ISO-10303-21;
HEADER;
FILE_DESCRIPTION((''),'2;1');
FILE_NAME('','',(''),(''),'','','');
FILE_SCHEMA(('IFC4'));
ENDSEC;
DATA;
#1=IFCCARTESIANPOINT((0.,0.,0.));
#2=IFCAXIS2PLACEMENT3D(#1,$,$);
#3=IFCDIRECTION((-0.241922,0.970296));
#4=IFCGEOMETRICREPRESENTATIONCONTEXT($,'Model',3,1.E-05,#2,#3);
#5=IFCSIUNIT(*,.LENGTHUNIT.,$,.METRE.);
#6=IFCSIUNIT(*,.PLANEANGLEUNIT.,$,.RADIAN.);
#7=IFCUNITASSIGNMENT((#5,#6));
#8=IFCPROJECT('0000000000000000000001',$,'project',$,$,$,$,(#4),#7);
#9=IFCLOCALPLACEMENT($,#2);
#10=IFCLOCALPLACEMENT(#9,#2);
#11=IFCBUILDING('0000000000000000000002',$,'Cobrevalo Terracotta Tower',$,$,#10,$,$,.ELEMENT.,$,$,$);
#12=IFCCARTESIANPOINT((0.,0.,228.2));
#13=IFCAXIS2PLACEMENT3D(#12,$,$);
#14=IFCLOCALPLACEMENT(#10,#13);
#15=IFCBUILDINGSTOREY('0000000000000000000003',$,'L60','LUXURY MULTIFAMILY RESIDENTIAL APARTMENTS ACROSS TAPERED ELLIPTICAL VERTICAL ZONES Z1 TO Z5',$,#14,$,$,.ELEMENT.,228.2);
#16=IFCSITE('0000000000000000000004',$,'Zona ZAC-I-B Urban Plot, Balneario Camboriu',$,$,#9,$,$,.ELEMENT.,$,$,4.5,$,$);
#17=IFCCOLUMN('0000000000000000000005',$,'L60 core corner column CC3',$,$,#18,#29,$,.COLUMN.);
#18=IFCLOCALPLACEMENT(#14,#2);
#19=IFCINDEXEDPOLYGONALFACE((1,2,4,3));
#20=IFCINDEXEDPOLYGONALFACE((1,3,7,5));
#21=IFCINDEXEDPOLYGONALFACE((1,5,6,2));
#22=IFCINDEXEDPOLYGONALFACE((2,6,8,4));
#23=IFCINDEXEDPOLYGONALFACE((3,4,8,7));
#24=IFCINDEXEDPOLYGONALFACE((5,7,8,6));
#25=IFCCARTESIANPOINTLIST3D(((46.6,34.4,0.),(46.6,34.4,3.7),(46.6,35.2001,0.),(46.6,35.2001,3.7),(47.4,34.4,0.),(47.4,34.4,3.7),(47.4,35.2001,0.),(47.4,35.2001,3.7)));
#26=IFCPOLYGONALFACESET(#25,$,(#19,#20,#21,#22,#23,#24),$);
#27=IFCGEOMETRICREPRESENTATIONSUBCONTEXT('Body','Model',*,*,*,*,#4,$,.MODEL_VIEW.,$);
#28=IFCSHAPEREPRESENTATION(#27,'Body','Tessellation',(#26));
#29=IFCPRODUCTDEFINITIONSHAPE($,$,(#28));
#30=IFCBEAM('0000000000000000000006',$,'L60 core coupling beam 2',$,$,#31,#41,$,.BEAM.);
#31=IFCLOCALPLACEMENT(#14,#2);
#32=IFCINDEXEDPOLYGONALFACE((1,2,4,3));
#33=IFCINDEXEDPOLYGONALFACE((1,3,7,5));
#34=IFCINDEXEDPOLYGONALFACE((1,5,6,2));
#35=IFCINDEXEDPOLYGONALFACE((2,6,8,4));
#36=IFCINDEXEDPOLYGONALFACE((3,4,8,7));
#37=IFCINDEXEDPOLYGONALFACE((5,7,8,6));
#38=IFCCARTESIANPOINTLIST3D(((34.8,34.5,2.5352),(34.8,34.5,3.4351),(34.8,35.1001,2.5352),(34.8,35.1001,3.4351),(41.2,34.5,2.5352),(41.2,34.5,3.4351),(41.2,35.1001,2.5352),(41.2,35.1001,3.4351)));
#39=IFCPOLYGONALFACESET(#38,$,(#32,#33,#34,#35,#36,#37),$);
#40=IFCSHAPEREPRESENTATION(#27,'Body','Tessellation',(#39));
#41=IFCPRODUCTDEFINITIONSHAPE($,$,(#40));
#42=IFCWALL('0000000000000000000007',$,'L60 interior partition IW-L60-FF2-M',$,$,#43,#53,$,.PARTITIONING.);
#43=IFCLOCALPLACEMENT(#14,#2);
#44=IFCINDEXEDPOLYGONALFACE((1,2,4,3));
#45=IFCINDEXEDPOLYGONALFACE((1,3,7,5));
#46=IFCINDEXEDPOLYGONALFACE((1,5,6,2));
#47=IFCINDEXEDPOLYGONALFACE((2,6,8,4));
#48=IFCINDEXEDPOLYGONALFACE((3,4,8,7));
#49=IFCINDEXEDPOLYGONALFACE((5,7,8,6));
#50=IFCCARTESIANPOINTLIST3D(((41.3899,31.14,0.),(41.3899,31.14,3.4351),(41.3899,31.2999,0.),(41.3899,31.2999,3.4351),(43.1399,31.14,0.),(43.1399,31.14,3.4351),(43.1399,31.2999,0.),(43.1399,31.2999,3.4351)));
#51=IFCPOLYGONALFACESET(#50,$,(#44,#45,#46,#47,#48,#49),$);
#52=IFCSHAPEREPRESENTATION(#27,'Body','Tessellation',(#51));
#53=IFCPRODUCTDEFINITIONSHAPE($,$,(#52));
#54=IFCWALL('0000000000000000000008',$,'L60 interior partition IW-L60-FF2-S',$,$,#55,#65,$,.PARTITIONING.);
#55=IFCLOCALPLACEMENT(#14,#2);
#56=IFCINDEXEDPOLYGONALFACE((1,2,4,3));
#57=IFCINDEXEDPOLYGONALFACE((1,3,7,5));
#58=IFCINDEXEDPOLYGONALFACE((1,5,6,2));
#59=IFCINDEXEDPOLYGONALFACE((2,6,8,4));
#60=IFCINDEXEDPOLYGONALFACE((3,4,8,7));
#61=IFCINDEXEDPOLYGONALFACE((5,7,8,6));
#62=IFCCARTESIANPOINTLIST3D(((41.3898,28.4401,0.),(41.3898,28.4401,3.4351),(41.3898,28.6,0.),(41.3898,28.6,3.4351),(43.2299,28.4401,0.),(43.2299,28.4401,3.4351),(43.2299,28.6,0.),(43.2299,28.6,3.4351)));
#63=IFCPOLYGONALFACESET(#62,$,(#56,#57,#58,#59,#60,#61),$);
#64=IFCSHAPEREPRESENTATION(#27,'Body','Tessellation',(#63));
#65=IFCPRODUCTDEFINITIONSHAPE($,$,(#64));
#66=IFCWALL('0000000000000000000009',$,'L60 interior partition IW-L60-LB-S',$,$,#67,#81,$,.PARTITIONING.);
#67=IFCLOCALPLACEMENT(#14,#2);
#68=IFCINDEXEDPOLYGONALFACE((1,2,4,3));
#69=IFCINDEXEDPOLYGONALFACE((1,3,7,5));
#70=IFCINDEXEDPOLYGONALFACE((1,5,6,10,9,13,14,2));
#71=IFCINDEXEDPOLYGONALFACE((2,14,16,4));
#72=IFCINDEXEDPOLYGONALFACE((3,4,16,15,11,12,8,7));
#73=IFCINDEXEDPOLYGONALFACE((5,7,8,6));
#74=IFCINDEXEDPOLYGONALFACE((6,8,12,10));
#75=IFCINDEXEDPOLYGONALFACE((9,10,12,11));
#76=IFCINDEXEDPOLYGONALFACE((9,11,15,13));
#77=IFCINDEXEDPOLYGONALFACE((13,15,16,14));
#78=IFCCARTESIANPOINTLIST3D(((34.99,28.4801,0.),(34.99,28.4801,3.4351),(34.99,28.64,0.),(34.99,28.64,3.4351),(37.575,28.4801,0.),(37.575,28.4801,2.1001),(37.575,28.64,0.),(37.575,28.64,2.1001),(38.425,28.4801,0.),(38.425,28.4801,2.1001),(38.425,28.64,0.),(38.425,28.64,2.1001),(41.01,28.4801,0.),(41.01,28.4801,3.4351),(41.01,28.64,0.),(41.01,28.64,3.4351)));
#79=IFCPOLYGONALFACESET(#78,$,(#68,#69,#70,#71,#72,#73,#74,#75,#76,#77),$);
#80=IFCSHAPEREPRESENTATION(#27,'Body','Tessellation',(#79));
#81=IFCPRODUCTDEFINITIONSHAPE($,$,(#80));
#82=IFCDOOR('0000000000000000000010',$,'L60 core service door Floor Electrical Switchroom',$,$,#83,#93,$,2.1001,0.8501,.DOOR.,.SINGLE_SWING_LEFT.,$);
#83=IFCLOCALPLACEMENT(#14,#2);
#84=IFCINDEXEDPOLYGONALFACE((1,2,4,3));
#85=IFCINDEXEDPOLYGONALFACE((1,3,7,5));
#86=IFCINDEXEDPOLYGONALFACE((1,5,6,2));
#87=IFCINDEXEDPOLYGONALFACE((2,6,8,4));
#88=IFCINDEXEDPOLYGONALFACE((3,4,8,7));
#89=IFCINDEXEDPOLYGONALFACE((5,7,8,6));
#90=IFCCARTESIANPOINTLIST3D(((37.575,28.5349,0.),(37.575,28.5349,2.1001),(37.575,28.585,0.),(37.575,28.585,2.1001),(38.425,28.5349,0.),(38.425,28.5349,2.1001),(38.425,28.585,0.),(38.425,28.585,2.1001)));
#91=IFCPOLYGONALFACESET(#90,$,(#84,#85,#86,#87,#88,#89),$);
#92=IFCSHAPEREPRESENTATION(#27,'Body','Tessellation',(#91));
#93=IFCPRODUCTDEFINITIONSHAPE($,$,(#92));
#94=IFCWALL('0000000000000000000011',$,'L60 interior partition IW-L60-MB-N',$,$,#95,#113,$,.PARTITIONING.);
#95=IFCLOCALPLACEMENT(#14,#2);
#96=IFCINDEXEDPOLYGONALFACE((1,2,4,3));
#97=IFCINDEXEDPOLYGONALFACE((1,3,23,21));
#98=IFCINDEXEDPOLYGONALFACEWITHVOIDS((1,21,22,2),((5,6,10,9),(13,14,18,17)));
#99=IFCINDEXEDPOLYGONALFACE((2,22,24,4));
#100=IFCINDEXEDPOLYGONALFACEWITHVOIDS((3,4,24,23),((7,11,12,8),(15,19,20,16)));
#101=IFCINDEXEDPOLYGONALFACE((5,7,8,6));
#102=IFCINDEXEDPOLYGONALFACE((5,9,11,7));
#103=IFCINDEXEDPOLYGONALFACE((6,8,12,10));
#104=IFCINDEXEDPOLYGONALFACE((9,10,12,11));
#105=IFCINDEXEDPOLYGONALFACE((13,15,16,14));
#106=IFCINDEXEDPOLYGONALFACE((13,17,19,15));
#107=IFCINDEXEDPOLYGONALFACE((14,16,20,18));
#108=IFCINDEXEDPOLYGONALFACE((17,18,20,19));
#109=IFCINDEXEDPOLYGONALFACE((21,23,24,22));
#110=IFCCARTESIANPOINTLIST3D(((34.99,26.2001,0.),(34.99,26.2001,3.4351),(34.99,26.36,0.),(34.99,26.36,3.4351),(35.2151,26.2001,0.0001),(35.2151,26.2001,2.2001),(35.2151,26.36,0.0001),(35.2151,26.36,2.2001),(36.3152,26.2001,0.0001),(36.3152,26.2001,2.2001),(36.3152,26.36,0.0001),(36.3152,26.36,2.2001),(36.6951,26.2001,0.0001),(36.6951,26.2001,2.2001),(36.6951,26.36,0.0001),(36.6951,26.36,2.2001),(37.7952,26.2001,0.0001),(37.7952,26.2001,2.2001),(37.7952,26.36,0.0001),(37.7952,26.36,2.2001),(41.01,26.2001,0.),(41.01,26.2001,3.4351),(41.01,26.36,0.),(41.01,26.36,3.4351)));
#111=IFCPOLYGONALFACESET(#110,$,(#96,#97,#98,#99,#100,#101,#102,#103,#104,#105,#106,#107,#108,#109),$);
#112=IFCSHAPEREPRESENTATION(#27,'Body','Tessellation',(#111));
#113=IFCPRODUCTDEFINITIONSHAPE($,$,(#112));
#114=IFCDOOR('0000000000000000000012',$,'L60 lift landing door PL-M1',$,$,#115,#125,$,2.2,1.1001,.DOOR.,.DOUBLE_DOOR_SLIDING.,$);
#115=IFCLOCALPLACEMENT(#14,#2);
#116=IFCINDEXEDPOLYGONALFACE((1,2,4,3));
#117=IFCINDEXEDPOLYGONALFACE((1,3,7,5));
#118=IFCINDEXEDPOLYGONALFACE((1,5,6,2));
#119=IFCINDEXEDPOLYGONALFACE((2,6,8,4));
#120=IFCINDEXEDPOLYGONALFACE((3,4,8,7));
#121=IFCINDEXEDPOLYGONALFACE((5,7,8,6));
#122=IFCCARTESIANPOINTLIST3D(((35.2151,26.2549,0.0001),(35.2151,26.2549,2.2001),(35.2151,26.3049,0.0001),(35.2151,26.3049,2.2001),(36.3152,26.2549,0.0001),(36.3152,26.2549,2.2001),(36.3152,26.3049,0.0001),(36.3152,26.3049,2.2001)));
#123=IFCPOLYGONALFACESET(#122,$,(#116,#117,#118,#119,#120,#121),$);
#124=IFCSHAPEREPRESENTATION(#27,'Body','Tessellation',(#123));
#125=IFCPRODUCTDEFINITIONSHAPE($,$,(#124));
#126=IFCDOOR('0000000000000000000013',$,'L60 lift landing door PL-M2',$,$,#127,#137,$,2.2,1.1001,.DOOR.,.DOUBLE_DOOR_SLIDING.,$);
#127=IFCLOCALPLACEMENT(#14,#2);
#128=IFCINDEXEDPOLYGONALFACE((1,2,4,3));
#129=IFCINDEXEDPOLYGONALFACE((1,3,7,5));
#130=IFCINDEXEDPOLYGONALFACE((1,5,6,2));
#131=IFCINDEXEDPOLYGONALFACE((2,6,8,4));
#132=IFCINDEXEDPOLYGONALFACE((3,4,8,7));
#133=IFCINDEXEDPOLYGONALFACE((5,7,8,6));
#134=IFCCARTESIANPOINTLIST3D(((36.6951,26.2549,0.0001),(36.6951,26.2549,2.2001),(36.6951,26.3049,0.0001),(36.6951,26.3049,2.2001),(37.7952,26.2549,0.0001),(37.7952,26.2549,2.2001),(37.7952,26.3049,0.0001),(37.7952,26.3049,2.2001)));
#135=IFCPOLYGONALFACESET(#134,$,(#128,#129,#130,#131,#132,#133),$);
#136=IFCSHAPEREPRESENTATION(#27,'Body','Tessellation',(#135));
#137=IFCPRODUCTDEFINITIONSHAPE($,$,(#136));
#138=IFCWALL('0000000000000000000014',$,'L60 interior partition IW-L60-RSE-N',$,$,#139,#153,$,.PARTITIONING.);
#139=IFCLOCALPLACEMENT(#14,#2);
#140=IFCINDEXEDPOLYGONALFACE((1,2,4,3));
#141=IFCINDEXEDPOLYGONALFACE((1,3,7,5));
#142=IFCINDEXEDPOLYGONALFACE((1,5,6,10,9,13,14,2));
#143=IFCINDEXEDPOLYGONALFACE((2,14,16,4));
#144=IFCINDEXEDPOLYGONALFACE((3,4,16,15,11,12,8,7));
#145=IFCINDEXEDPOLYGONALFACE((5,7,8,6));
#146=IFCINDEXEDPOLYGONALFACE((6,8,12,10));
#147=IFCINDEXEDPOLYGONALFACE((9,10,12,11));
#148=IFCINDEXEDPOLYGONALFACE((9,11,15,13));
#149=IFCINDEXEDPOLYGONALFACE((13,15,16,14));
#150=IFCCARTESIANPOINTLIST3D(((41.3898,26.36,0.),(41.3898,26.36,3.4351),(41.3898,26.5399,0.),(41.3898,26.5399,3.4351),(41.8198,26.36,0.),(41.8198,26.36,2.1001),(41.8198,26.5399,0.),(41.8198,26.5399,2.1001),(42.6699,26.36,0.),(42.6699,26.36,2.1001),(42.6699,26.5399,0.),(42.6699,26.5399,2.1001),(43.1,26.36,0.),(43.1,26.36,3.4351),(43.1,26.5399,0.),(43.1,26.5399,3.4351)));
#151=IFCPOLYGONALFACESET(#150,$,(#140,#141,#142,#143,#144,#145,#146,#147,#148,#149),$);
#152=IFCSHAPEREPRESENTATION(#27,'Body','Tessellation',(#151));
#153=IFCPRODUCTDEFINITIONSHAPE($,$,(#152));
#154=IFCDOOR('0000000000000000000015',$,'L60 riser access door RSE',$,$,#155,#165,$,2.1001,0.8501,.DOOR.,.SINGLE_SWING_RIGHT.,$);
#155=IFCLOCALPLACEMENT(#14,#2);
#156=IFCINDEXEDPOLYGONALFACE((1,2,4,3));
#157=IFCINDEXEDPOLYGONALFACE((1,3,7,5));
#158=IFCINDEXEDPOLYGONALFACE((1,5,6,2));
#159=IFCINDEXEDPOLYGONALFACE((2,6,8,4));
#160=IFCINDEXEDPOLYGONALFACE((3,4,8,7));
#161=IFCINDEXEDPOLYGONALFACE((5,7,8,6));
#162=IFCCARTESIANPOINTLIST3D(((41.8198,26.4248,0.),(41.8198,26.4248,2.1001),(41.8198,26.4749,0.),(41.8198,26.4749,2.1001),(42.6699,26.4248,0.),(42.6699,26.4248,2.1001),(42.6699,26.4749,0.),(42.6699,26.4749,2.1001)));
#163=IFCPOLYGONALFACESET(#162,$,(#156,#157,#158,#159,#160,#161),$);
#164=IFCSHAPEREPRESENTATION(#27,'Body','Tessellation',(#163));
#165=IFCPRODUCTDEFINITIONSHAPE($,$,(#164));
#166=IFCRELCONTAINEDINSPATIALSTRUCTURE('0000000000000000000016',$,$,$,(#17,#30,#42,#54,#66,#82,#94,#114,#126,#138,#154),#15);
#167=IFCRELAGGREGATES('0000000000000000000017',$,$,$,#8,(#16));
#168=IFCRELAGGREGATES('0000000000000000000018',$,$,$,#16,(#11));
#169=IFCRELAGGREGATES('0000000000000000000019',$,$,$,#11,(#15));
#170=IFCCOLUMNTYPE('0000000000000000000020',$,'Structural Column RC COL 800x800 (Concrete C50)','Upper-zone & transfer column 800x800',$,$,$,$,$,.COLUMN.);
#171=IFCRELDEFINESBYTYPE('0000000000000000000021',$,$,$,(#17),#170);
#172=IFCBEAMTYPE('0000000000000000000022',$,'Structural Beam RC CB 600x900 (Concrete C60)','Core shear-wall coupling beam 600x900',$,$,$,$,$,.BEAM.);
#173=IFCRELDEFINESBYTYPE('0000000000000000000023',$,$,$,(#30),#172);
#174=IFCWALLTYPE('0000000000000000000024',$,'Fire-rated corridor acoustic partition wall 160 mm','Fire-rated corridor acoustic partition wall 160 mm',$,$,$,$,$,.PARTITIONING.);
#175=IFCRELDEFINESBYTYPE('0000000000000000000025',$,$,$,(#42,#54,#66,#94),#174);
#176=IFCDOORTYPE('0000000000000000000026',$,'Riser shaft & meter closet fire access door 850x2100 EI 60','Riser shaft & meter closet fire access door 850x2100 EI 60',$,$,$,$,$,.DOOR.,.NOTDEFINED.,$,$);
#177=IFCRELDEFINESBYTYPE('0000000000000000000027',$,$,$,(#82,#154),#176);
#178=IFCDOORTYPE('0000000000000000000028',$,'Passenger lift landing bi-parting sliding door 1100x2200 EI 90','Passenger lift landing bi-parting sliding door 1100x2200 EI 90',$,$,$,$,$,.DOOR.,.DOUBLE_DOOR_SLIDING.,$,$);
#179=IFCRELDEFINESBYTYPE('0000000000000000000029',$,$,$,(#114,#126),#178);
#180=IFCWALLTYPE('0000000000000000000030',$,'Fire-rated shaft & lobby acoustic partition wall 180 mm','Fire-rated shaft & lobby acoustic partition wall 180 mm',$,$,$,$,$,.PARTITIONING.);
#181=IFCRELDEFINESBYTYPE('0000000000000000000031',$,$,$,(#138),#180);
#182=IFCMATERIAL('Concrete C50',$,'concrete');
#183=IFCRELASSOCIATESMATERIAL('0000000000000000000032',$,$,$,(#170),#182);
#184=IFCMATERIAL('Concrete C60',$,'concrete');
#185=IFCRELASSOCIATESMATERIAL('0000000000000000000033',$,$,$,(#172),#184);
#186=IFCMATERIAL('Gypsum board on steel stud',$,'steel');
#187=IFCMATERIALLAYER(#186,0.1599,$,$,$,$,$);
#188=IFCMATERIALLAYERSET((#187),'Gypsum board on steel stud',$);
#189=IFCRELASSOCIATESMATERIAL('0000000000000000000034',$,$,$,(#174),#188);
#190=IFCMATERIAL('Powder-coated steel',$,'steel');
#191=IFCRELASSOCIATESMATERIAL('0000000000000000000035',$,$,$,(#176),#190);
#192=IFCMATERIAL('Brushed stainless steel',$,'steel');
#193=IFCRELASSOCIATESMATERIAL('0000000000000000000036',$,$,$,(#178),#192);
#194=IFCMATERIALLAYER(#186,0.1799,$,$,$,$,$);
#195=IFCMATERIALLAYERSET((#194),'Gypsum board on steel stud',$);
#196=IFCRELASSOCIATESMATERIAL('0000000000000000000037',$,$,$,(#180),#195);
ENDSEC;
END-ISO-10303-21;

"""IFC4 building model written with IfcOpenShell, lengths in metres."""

from ifc_helpers import new_model, si_unit, direction, frame, frame_2d, origin, origin_2d, place, context, subcontext, project, spatial, rectangle, extrude, source, transform, mapped, material, layer, layer_set, material_profile, profile_set, type_object, element, fill, save


model = new_model("IFC4")

# Units and contexts
model_context = context("Model", 3, precision=1e-05, world=origin(), true_north=direction((-0.241922, 0.970296)))
body_context = subcontext(model_context, "Body", "Model", "MODEL_VIEW")
ifc_project = project(units=[si_unit("LENGTHUNIT", "METRE"), si_unit("PLANEANGLEUNIT", "RADIAN")], contexts=[model_context])

# Site, building, storey
site_placement = place(None, origin())
site = spatial("IfcSite", under=ifc_project, at=site_placement, Name="Zona ZAC-I-B Urban Plot, Balneario Camboriu", CompositionType="ELEMENT", RefElevation=4.5)
building_placement = place(site_placement, origin())
building = spatial("IfcBuilding", under=site, at=building_placement, Name="Cobrevalo Terracotta Tower", CompositionType="ELEMENT")
storey_placement = place(building_placement, frame((0.0, 0.0, 228.2)))
storey = spatial("IfcBuildingStorey", under=building, at=storey_placement, Name="L60", Description="LUXURY MULTIFAMILY RESIDENTIAL APARTMENTS ACROSS TAPERED ELLIPTICAL VERTICAL ZONES Z1 TO Z5", CompositionType="ELEMENT", Elevation=228.2)

# Column
ifc_material_1 = material(Name="Concrete C50", Category="concrete")
ifc_material_profile_1 = material_profile(ifc_material_1, rectangle(XDim=0.8, YDim=0.8, at=origin_2d()), Name="RC COL 800x800")
ifc_profile_set_1 = profile_set([ifc_material_profile_1], Name="Concrete C50")
column_type = type_object("IfcColumnType", Name="Structural Column RC COL 800x800 (Concrete C50)", Description="Upper-zone & transfer column 800x800", PredefinedType="COLUMN", material=ifc_profile_set_1)
column_placement = place(storey_placement, frame((47.0, 34.8, 0.0), z_axis=(0.0, 0.0, 1.0), x_axis=(1.0, 0.0, 0.0)))
element("IfcColumn", 1, at=column_placement, inside=storey, type_object=column_type, Name="L60 core corner column CC3", PredefinedType="COLUMN", context=body_context, shape_type="SweptSolid", body=[
    extrude(rectangle(XDim=0.8, YDim=0.8, at=origin_2d()), origin(), (0.0, 0.0, 1.0), 3.7),
])

# Beam
ifc_material_2 = material(Name="Concrete C60", Category="concrete")
ifc_material_profile_2 = material_profile(ifc_material_2, rectangle(XDim=0.6001, YDim=0.8999, at=origin_2d()), Name="RC CB 600x900")
ifc_profile_set_2 = profile_set([ifc_material_profile_2], Name="Concrete C60")
beam_type = type_object("IfcBeamType", Name="Structural Beam RC CB 600x900 (Concrete C60)", Description="Core shear-wall coupling beam 600x900", PredefinedType="BEAM", material=ifc_profile_set_2)
beam_placement = place(storey_placement, frame((34.8, 34.8, 2.9851), z_axis=(1.0, 0.0, 0.0), x_axis=(0.0, 1.0, 0.0)))
element("IfcBeam", 2, at=beam_placement, inside=storey, type_object=beam_type, Name="L60 core coupling beam 2", PredefinedType="BEAM", context=body_context, shape_type="SweptSolid", body=[
    extrude(rectangle(XDim=0.6001, YDim=0.8999, at=origin_2d()), origin(), (0.0, 0.0, 1.0), 6.3999),
])

# Walls
ifc_material_3 = material(Name="Gypsum board on steel stud", Category="steel")
ifc_layer_1 = layer(ifc_material_3, 0.1599)
ifc_layer_set_1 = layer_set([ifc_layer_1], Name="Gypsum board on steel stud")
wall_type_1 = type_object("IfcWallType", Name="Fire-rated corridor acoustic partition wall 160 mm", Description="Fire-rated corridor acoustic partition wall 160 mm", PredefinedType="PARTITIONING", material=ifc_layer_set_1)
wall_1_placement = place(storey_placement, frame((41.3899, 31.22, 0.0), z_axis=(0.0, 0.0, 1.0), x_axis=(1.0, 0.0, 0.0)))
element("IfcWall", 3, at=wall_1_placement, inside=storey, type_object=wall_type_1, Name="L60 interior partition IW-L60-FF2-M", PredefinedType="PARTITIONING", context=body_context, shape_type="SweptSolid", body=[
    extrude(rectangle(XDim=1.75, YDim=0.1599, at=frame_2d((0.875, 0.0))), origin(), (0.0, 0.0, 1.0), 3.4351),
])
wall_2_placement = place(storey_placement, frame((41.3899, 28.52, 0.0), z_axis=(0.0, 0.0, 1.0), x_axis=(1.0, 0.0, 0.0)))
element("IfcWall", 4, at=wall_2_placement, inside=storey, type_object=wall_type_1, Name="L60 interior partition IW-L60-FF2-S", PredefinedType="PARTITIONING", context=body_context, shape_type="SweptSolid", body=[
    extrude(rectangle(XDim=1.8401, YDim=0.1599, at=frame_2d((0.9199, 0.0))), origin(), (0.0, 0.0, 1.0), 3.4351),
])

# Wall, opening, door
wall_3_placement = place(storey_placement, frame((34.99, 28.5601, 0.0), z_axis=(0.0, 0.0, 1.0), x_axis=(1.0, 0.0, 0.0)))
wall_3 = element("IfcWall", 5, at=wall_3_placement, inside=storey, type_object=wall_type_1, Name="L60 interior partition IW-L60-LB-S", PredefinedType="PARTITIONING", context=body_context, shape_type="SweptSolid", body=[
    extrude(rectangle(XDim=6.02, YDim=0.1599, at=frame_2d((3.01, 0.0))), origin(), (0.0, 0.0, 1.0), 3.4351),
])
opening_1_placement = place(wall_3_placement, frame((2.585, 0.0, 0.0)))
opening_1 = element("IfcOpeningElement", 6, at=opening_1_placement, cuts=wall_3, PredefinedType="OPENING", context=body_context, shape_type="SweptSolid", body=[
    extrude(rectangle(XDim=0.8501, YDim=2.1001, at=frame_2d((0.425, 1.05))), frame((0.0, 0.0898, 0.0), z_axis=(0.0, -1.0, 0.0), x_axis=(1.0, 0.0, 0.0)), (0.0, 0.0, 1.0), 0.1799),
])
ifc_material_4 = material(Name="Powder-coated steel", Category="steel")
door_type_1 = type_object("IfcDoorType", Name="Riser shaft & meter closet fire access door 850x2100 EI 60", Description="Riser shaft & meter closet fire access door 850x2100 EI 60", OperationType="NOTDEFINED", PredefinedType="DOOR", material=ifc_material_4)
shared_shape_1 = source(origin(), body_context, "Body", "SweptSolid", [
    extrude(rectangle(XDim=0.8501, YDim=2.1001, at=frame_2d((0.425, 1.05))), frame((0.0, 0.0249, 0.0), z_axis=(0.0, -1.0, 0.0), x_axis=(1.0, 0.0, 0.0)), (0.0, 0.0, 1.0), 0.05),
])
door_1_placement = place(opening_1_placement, origin())
door_1 = element("IfcDoor", 7, at=door_1_placement, inside=storey, type_object=door_type_1, Name="L60 core service door Floor Electrical Switchroom", OperationType="SINGLE_SWING_LEFT", OverallHeight=2.1001, OverallWidth=0.8501, PredefinedType="DOOR", context=body_context, shape_type="MappedRepresentation", body=[
    mapped(shared_shape_1, transform((0.0, 0.0, 0.0), scale=1.0)),
])
fill(opening_1, door_1)

# Wall, openings, doors
wall_4_placement = place(storey_placement, frame((34.99, 26.28, 0.0), z_axis=(0.0, 0.0, 1.0), x_axis=(1.0, 0.0, 0.0)))
wall_4 = element("IfcWall", 8, at=wall_4_placement, inside=storey, type_object=wall_type_1, Name="L60 interior partition IW-L60-MB-N", PredefinedType="PARTITIONING", context=body_context, shape_type="SweptSolid", body=[
    extrude(rectangle(XDim=6.02, YDim=0.1599, at=frame_2d((3.01, 0.0))), origin(), (0.0, 0.0, 1.0), 3.4351),
])
opening_2_placement = place(wall_4_placement, frame((0.2251, 0.0, 0.0)))
opening_2 = element("IfcOpeningElement", 9, at=opening_2_placement, cuts=wall_4, PredefinedType="OPENING", context=body_context, shape_type="SweptSolid", body=[
    extrude(rectangle(XDim=1.1001, YDim=2.2, at=frame_2d((0.55, 1.1001))), frame((0.0, 0.0898, 0.0), z_axis=(0.0, -1.0, 0.0), x_axis=(1.0, 0.0, 0.0)), (0.0, 0.0, 1.0), 0.1799),
])
opening_3_placement = place(wall_4_placement, frame((1.7051, 0.0, 0.0)))
opening_3 = element("IfcOpeningElement", 10, at=opening_3_placement, cuts=wall_4, PredefinedType="OPENING", context=body_context, shape_type="SweptSolid", body=[
    extrude(rectangle(XDim=1.1001, YDim=2.2, at=frame_2d((0.55, 1.1001))), frame((0.0, 0.0898, 0.0), z_axis=(0.0, -1.0, 0.0), x_axis=(1.0, 0.0, 0.0)), (0.0, 0.0, 1.0), 0.1799),
])
ifc_material_5 = material(Name="Brushed stainless steel", Category="steel")
door_type_2 = type_object("IfcDoorType", Name="Passenger lift landing bi-parting sliding door 1100x2200 EI 90", Description="Passenger lift landing bi-parting sliding door 1100x2200 EI 90", OperationType="DOUBLE_DOOR_SLIDING", PredefinedType="DOOR", material=ifc_material_5)
shared_shape_2 = source(origin(), body_context, "Body", "SweptSolid", [
    extrude(rectangle(XDim=1.1001, YDim=2.2, at=frame_2d((0.55, 1.1001))), frame((0.0, 0.0249, 0.0), z_axis=(0.0, -1.0, 0.0), x_axis=(1.0, 0.0, 0.0)), (0.0, 0.0, 1.0), 0.05),
])
door_2_placement = place(opening_2_placement, origin())
door_2 = element("IfcDoor", 11, at=door_2_placement, inside=storey, type_object=door_type_2, Name="L60 lift landing door PL-M1", OperationType="DOUBLE_DOOR_SLIDING", OverallHeight=2.2, OverallWidth=1.1001, PredefinedType="DOOR", context=body_context, shape_type="MappedRepresentation", body=[
    mapped(shared_shape_2, transform((0.0, 0.0, 0.0), scale=1.0)),
])
fill(opening_2, door_2)
door_3_placement = place(opening_3_placement, origin())
door_3 = element("IfcDoor", 12, at=door_3_placement, inside=storey, type_object=door_type_2, Name="L60 lift landing door PL-M2", OperationType="DOUBLE_DOOR_SLIDING", OverallHeight=2.2, OverallWidth=1.1001, PredefinedType="DOOR", context=body_context, shape_type="MappedRepresentation", body=[
    mapped(shared_shape_2, transform((0.0, 0.0, 0.0), scale=1.0)),
])
fill(opening_3, door_3)

# Wall, opening, door
ifc_layer_2 = layer(ifc_material_3, 0.1799)
ifc_layer_set_2 = layer_set([ifc_layer_2], Name="Gypsum board on steel stud")
wall_type_2 = type_object("IfcWallType", Name="Fire-rated shaft & lobby acoustic partition wall 180 mm", Description="Fire-rated shaft & lobby acoustic partition wall 180 mm", PredefinedType="PARTITIONING", material=ifc_layer_set_2)
wall_5_placement = place(storey_placement, frame((41.3899, 26.45, 0.0), z_axis=(0.0, 0.0, 1.0), x_axis=(1.0, 0.0, 0.0)))
wall_5 = element("IfcWall", 13, at=wall_5_placement, inside=storey, type_object=wall_type_2, Name="L60 interior partition IW-L60-RSE-N", PredefinedType="PARTITIONING", context=body_context, shape_type="SweptSolid", body=[
    extrude(rectangle(XDim=1.7102, YDim=0.1799, at=frame_2d((0.855, 0.0))), origin(), (0.0, 0.0, 1.0), 3.4351),
])
opening_4_placement = place(wall_5_placement, frame((0.4299, 0.0, 0.0)))
opening_4 = element("IfcOpeningElement", 14, at=opening_4_placement, cuts=wall_5, PredefinedType="OPENING", context=body_context, shape_type="SweptSolid", body=[
    extrude(rectangle(XDim=0.8501, YDim=2.1001, at=frame_2d((0.425, 1.05))), frame((0.0, 0.1001, 0.0), z_axis=(0.0, -1.0, 0.0), x_axis=(1.0, 0.0, 0.0)), (0.0, 0.0, 1.0), 0.2),
])
door_4_placement = place(opening_4_placement, origin())
door_4 = element("IfcDoor", 15, at=door_4_placement, inside=storey, type_object=door_type_1, Name="L60 riser access door RSE", OperationType="SINGLE_SWING_RIGHT", OverallHeight=2.1001, OverallWidth=0.8501, PredefinedType="DOOR", context=body_context, shape_type="MappedRepresentation", body=[
    mapped(shared_shape_1, transform((0.0, 0.0, 0.0), scale=1.0)),
])
fill(opening_4, door_4)

save(model, "model.ifc")
